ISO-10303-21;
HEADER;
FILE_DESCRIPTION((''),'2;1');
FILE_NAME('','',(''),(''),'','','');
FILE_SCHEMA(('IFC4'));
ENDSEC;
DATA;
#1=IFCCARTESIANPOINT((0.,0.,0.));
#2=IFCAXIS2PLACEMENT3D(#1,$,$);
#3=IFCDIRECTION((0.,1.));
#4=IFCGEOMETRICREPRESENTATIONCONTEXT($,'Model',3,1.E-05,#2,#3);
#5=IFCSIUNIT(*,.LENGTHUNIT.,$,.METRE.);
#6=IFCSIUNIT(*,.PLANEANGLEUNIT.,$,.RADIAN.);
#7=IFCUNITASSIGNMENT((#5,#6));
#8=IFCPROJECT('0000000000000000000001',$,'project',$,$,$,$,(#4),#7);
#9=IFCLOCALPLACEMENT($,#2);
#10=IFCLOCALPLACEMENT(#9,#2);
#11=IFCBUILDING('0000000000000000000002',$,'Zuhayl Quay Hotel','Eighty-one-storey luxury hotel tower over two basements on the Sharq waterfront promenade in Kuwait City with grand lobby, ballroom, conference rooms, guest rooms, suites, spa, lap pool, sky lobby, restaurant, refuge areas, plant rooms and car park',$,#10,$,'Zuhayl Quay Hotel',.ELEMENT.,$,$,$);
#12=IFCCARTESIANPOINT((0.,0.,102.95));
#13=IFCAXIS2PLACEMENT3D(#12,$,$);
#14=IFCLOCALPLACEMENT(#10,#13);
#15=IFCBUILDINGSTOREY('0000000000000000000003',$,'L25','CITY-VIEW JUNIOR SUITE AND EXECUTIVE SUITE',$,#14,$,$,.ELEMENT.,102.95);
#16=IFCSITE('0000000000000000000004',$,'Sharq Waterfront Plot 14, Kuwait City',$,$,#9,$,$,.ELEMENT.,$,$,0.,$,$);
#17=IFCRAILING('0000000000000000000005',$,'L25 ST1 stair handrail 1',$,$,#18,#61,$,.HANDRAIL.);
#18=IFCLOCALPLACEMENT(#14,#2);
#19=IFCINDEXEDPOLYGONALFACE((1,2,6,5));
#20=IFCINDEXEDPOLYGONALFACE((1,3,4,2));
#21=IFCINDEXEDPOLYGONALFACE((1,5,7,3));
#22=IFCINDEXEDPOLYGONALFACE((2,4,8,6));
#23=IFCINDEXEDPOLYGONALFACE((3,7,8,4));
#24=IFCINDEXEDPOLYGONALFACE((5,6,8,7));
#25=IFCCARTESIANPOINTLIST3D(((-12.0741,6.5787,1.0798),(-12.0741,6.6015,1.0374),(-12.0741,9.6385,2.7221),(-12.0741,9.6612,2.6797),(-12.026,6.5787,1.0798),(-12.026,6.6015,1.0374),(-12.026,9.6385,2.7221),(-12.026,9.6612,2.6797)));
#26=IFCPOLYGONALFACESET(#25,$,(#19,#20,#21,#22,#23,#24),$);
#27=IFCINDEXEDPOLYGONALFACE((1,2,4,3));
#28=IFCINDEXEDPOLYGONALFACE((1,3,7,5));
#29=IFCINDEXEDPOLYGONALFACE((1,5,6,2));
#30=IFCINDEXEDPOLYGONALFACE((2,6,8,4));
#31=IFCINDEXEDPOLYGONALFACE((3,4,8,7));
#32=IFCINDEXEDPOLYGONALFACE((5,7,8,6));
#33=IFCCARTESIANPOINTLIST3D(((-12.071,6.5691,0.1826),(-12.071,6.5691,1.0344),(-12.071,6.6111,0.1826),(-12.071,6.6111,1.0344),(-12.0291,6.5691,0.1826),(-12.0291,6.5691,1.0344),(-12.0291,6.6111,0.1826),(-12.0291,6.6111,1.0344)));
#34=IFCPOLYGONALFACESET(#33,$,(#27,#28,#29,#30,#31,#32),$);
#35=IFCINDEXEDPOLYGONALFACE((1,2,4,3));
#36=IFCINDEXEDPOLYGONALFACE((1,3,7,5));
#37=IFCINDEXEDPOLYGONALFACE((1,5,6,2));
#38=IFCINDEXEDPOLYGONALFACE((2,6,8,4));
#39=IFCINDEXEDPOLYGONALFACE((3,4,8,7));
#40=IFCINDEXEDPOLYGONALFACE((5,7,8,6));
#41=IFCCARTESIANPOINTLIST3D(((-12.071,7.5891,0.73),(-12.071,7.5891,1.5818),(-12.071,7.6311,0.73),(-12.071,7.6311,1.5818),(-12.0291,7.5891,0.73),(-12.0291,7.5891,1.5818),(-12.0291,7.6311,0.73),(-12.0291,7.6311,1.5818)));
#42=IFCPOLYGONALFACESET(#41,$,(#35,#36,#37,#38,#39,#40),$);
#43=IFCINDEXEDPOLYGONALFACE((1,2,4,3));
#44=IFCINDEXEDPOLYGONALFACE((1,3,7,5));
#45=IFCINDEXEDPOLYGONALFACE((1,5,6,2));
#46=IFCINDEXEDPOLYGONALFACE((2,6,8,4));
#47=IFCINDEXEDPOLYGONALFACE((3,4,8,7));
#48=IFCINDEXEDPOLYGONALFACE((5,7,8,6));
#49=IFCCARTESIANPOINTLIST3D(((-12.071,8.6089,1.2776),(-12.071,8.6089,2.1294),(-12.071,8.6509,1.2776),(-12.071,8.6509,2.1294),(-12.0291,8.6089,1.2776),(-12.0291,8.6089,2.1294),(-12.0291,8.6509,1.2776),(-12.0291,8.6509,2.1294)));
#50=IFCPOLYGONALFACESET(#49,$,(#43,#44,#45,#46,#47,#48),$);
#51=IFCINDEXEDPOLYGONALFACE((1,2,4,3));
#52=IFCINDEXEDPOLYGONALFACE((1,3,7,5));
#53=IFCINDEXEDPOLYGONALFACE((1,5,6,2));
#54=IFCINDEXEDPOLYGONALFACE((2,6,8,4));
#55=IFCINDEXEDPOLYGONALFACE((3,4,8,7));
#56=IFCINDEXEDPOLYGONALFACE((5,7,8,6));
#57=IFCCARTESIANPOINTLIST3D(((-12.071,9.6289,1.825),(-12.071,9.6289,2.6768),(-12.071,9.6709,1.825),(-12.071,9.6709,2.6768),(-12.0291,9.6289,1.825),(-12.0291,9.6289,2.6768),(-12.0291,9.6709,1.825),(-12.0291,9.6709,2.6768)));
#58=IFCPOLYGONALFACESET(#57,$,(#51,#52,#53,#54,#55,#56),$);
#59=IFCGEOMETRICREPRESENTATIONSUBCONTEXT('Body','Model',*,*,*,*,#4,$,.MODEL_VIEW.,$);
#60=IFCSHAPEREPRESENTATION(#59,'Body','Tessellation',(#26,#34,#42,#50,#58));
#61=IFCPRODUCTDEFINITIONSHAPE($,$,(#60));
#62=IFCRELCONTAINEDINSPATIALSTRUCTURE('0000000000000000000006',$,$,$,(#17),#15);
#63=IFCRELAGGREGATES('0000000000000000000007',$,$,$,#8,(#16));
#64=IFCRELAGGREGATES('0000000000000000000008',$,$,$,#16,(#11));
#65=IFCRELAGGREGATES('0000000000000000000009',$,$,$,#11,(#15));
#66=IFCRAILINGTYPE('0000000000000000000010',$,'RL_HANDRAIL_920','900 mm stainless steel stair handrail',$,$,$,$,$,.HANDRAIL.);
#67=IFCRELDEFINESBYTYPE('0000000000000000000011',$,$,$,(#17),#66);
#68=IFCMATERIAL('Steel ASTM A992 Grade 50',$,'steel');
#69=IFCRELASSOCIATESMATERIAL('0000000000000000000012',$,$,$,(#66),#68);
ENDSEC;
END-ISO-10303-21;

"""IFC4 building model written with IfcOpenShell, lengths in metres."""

from ifc_helpers import new_model, si_unit, direction, frame, origin, origin_2d, place, context, subcontext, project, spatial, rectangle, extrude, material, type_object, element, save


model = new_model("IFC4")

# Units and contexts
model_context = context("Model", 3, precision=1e-05, world=origin(), true_north=direction((0.0, 1.0)))
body_context = subcontext(model_context, "Body", "Model", "MODEL_VIEW")
ifc_project = project(units=[si_unit("LENGTHUNIT", "METRE"), si_unit("PLANEANGLEUNIT", "RADIAN")], contexts=[model_context])

# Site, building, storey
site_placement = place(None, origin())
site = spatial("IfcSite", under=ifc_project, at=site_placement, Name="Sharq Waterfront Plot 14, Kuwait City", CompositionType="ELEMENT", RefElevation=0.0)
building_placement = place(site_placement, origin())
building = spatial("IfcBuilding", under=site, at=building_placement, Name="Zuhayl Quay Hotel", Description="Eighty-one-storey luxury hotel tower over two basements on the Sharq waterfront promenade in Kuwait City with grand lobby, ballroom, conference rooms, guest rooms, suites, spa, lap pool, sky lobby, restaurant, refuge areas, plant rooms and car park", LongName="Zuhayl Quay Hotel", CompositionType="ELEMENT")
storey_placement = place(building_placement, frame((0.0, 0.0, 102.95)))
storey = spatial("IfcBuildingStorey", under=building, at=storey_placement, Name="L25", Description="CITY-VIEW JUNIOR SUITE AND EXECUTIVE SUITE", CompositionType="ELEMENT", Elevation=102.95)

# Shared definitions
ifc_material_1 = material(Name="Steel ASTM A992 Grade 50", Category="steel")

# Railing
railing_type = type_object("IfcRailingType", Name="RL_HANDRAIL_920", Description="900 mm stainless steel stair handrail", PredefinedType="HANDRAIL", material=ifc_material_1)
railing_placement = place(storey_placement, frame((-12.05, 6.5901, 0.1826)))
element("IfcRailing", 1, at=railing_placement, inside=storey, type_object=railing_type, Name="L25 ST1 stair handrail 1", PredefinedType="HANDRAIL", context=body_context, shape_type="SweptSolid", body=[
    extrude(rectangle(XDim=0.0481, YDim=0.0481, at=origin_2d()), frame((0.0, 0.0, 0.876), z_axis=(0.0, 0.881102, 0.472926), x_axis=(-1.0, 0.0, 0.0)), (0.0, 0.0, 1.0), 3.4727),
    extrude(rectangle(XDim=0.042, YDim=0.042, at=origin_2d()), origin(), (0.0, 0.0, 1.0), 0.8518),
    extrude(rectangle(XDim=0.042, YDim=0.042, at=origin_2d()), frame((0.0, 1.02, 0.5474)), (0.0, 0.0, 1.0), 0.8518),
    extrude(rectangle(XDim=0.042, YDim=0.042, at=origin_2d()), frame((0.0, 2.0398, 1.095)), (0.0, 0.0, 1.0), 0.8518),
    extrude(rectangle(XDim=0.042, YDim=0.042, at=origin_2d()), frame((0.0, 3.0598, 1.6423)), (0.0, 0.0, 1.0), 0.8518),
])

save(model, "model.ifc")
